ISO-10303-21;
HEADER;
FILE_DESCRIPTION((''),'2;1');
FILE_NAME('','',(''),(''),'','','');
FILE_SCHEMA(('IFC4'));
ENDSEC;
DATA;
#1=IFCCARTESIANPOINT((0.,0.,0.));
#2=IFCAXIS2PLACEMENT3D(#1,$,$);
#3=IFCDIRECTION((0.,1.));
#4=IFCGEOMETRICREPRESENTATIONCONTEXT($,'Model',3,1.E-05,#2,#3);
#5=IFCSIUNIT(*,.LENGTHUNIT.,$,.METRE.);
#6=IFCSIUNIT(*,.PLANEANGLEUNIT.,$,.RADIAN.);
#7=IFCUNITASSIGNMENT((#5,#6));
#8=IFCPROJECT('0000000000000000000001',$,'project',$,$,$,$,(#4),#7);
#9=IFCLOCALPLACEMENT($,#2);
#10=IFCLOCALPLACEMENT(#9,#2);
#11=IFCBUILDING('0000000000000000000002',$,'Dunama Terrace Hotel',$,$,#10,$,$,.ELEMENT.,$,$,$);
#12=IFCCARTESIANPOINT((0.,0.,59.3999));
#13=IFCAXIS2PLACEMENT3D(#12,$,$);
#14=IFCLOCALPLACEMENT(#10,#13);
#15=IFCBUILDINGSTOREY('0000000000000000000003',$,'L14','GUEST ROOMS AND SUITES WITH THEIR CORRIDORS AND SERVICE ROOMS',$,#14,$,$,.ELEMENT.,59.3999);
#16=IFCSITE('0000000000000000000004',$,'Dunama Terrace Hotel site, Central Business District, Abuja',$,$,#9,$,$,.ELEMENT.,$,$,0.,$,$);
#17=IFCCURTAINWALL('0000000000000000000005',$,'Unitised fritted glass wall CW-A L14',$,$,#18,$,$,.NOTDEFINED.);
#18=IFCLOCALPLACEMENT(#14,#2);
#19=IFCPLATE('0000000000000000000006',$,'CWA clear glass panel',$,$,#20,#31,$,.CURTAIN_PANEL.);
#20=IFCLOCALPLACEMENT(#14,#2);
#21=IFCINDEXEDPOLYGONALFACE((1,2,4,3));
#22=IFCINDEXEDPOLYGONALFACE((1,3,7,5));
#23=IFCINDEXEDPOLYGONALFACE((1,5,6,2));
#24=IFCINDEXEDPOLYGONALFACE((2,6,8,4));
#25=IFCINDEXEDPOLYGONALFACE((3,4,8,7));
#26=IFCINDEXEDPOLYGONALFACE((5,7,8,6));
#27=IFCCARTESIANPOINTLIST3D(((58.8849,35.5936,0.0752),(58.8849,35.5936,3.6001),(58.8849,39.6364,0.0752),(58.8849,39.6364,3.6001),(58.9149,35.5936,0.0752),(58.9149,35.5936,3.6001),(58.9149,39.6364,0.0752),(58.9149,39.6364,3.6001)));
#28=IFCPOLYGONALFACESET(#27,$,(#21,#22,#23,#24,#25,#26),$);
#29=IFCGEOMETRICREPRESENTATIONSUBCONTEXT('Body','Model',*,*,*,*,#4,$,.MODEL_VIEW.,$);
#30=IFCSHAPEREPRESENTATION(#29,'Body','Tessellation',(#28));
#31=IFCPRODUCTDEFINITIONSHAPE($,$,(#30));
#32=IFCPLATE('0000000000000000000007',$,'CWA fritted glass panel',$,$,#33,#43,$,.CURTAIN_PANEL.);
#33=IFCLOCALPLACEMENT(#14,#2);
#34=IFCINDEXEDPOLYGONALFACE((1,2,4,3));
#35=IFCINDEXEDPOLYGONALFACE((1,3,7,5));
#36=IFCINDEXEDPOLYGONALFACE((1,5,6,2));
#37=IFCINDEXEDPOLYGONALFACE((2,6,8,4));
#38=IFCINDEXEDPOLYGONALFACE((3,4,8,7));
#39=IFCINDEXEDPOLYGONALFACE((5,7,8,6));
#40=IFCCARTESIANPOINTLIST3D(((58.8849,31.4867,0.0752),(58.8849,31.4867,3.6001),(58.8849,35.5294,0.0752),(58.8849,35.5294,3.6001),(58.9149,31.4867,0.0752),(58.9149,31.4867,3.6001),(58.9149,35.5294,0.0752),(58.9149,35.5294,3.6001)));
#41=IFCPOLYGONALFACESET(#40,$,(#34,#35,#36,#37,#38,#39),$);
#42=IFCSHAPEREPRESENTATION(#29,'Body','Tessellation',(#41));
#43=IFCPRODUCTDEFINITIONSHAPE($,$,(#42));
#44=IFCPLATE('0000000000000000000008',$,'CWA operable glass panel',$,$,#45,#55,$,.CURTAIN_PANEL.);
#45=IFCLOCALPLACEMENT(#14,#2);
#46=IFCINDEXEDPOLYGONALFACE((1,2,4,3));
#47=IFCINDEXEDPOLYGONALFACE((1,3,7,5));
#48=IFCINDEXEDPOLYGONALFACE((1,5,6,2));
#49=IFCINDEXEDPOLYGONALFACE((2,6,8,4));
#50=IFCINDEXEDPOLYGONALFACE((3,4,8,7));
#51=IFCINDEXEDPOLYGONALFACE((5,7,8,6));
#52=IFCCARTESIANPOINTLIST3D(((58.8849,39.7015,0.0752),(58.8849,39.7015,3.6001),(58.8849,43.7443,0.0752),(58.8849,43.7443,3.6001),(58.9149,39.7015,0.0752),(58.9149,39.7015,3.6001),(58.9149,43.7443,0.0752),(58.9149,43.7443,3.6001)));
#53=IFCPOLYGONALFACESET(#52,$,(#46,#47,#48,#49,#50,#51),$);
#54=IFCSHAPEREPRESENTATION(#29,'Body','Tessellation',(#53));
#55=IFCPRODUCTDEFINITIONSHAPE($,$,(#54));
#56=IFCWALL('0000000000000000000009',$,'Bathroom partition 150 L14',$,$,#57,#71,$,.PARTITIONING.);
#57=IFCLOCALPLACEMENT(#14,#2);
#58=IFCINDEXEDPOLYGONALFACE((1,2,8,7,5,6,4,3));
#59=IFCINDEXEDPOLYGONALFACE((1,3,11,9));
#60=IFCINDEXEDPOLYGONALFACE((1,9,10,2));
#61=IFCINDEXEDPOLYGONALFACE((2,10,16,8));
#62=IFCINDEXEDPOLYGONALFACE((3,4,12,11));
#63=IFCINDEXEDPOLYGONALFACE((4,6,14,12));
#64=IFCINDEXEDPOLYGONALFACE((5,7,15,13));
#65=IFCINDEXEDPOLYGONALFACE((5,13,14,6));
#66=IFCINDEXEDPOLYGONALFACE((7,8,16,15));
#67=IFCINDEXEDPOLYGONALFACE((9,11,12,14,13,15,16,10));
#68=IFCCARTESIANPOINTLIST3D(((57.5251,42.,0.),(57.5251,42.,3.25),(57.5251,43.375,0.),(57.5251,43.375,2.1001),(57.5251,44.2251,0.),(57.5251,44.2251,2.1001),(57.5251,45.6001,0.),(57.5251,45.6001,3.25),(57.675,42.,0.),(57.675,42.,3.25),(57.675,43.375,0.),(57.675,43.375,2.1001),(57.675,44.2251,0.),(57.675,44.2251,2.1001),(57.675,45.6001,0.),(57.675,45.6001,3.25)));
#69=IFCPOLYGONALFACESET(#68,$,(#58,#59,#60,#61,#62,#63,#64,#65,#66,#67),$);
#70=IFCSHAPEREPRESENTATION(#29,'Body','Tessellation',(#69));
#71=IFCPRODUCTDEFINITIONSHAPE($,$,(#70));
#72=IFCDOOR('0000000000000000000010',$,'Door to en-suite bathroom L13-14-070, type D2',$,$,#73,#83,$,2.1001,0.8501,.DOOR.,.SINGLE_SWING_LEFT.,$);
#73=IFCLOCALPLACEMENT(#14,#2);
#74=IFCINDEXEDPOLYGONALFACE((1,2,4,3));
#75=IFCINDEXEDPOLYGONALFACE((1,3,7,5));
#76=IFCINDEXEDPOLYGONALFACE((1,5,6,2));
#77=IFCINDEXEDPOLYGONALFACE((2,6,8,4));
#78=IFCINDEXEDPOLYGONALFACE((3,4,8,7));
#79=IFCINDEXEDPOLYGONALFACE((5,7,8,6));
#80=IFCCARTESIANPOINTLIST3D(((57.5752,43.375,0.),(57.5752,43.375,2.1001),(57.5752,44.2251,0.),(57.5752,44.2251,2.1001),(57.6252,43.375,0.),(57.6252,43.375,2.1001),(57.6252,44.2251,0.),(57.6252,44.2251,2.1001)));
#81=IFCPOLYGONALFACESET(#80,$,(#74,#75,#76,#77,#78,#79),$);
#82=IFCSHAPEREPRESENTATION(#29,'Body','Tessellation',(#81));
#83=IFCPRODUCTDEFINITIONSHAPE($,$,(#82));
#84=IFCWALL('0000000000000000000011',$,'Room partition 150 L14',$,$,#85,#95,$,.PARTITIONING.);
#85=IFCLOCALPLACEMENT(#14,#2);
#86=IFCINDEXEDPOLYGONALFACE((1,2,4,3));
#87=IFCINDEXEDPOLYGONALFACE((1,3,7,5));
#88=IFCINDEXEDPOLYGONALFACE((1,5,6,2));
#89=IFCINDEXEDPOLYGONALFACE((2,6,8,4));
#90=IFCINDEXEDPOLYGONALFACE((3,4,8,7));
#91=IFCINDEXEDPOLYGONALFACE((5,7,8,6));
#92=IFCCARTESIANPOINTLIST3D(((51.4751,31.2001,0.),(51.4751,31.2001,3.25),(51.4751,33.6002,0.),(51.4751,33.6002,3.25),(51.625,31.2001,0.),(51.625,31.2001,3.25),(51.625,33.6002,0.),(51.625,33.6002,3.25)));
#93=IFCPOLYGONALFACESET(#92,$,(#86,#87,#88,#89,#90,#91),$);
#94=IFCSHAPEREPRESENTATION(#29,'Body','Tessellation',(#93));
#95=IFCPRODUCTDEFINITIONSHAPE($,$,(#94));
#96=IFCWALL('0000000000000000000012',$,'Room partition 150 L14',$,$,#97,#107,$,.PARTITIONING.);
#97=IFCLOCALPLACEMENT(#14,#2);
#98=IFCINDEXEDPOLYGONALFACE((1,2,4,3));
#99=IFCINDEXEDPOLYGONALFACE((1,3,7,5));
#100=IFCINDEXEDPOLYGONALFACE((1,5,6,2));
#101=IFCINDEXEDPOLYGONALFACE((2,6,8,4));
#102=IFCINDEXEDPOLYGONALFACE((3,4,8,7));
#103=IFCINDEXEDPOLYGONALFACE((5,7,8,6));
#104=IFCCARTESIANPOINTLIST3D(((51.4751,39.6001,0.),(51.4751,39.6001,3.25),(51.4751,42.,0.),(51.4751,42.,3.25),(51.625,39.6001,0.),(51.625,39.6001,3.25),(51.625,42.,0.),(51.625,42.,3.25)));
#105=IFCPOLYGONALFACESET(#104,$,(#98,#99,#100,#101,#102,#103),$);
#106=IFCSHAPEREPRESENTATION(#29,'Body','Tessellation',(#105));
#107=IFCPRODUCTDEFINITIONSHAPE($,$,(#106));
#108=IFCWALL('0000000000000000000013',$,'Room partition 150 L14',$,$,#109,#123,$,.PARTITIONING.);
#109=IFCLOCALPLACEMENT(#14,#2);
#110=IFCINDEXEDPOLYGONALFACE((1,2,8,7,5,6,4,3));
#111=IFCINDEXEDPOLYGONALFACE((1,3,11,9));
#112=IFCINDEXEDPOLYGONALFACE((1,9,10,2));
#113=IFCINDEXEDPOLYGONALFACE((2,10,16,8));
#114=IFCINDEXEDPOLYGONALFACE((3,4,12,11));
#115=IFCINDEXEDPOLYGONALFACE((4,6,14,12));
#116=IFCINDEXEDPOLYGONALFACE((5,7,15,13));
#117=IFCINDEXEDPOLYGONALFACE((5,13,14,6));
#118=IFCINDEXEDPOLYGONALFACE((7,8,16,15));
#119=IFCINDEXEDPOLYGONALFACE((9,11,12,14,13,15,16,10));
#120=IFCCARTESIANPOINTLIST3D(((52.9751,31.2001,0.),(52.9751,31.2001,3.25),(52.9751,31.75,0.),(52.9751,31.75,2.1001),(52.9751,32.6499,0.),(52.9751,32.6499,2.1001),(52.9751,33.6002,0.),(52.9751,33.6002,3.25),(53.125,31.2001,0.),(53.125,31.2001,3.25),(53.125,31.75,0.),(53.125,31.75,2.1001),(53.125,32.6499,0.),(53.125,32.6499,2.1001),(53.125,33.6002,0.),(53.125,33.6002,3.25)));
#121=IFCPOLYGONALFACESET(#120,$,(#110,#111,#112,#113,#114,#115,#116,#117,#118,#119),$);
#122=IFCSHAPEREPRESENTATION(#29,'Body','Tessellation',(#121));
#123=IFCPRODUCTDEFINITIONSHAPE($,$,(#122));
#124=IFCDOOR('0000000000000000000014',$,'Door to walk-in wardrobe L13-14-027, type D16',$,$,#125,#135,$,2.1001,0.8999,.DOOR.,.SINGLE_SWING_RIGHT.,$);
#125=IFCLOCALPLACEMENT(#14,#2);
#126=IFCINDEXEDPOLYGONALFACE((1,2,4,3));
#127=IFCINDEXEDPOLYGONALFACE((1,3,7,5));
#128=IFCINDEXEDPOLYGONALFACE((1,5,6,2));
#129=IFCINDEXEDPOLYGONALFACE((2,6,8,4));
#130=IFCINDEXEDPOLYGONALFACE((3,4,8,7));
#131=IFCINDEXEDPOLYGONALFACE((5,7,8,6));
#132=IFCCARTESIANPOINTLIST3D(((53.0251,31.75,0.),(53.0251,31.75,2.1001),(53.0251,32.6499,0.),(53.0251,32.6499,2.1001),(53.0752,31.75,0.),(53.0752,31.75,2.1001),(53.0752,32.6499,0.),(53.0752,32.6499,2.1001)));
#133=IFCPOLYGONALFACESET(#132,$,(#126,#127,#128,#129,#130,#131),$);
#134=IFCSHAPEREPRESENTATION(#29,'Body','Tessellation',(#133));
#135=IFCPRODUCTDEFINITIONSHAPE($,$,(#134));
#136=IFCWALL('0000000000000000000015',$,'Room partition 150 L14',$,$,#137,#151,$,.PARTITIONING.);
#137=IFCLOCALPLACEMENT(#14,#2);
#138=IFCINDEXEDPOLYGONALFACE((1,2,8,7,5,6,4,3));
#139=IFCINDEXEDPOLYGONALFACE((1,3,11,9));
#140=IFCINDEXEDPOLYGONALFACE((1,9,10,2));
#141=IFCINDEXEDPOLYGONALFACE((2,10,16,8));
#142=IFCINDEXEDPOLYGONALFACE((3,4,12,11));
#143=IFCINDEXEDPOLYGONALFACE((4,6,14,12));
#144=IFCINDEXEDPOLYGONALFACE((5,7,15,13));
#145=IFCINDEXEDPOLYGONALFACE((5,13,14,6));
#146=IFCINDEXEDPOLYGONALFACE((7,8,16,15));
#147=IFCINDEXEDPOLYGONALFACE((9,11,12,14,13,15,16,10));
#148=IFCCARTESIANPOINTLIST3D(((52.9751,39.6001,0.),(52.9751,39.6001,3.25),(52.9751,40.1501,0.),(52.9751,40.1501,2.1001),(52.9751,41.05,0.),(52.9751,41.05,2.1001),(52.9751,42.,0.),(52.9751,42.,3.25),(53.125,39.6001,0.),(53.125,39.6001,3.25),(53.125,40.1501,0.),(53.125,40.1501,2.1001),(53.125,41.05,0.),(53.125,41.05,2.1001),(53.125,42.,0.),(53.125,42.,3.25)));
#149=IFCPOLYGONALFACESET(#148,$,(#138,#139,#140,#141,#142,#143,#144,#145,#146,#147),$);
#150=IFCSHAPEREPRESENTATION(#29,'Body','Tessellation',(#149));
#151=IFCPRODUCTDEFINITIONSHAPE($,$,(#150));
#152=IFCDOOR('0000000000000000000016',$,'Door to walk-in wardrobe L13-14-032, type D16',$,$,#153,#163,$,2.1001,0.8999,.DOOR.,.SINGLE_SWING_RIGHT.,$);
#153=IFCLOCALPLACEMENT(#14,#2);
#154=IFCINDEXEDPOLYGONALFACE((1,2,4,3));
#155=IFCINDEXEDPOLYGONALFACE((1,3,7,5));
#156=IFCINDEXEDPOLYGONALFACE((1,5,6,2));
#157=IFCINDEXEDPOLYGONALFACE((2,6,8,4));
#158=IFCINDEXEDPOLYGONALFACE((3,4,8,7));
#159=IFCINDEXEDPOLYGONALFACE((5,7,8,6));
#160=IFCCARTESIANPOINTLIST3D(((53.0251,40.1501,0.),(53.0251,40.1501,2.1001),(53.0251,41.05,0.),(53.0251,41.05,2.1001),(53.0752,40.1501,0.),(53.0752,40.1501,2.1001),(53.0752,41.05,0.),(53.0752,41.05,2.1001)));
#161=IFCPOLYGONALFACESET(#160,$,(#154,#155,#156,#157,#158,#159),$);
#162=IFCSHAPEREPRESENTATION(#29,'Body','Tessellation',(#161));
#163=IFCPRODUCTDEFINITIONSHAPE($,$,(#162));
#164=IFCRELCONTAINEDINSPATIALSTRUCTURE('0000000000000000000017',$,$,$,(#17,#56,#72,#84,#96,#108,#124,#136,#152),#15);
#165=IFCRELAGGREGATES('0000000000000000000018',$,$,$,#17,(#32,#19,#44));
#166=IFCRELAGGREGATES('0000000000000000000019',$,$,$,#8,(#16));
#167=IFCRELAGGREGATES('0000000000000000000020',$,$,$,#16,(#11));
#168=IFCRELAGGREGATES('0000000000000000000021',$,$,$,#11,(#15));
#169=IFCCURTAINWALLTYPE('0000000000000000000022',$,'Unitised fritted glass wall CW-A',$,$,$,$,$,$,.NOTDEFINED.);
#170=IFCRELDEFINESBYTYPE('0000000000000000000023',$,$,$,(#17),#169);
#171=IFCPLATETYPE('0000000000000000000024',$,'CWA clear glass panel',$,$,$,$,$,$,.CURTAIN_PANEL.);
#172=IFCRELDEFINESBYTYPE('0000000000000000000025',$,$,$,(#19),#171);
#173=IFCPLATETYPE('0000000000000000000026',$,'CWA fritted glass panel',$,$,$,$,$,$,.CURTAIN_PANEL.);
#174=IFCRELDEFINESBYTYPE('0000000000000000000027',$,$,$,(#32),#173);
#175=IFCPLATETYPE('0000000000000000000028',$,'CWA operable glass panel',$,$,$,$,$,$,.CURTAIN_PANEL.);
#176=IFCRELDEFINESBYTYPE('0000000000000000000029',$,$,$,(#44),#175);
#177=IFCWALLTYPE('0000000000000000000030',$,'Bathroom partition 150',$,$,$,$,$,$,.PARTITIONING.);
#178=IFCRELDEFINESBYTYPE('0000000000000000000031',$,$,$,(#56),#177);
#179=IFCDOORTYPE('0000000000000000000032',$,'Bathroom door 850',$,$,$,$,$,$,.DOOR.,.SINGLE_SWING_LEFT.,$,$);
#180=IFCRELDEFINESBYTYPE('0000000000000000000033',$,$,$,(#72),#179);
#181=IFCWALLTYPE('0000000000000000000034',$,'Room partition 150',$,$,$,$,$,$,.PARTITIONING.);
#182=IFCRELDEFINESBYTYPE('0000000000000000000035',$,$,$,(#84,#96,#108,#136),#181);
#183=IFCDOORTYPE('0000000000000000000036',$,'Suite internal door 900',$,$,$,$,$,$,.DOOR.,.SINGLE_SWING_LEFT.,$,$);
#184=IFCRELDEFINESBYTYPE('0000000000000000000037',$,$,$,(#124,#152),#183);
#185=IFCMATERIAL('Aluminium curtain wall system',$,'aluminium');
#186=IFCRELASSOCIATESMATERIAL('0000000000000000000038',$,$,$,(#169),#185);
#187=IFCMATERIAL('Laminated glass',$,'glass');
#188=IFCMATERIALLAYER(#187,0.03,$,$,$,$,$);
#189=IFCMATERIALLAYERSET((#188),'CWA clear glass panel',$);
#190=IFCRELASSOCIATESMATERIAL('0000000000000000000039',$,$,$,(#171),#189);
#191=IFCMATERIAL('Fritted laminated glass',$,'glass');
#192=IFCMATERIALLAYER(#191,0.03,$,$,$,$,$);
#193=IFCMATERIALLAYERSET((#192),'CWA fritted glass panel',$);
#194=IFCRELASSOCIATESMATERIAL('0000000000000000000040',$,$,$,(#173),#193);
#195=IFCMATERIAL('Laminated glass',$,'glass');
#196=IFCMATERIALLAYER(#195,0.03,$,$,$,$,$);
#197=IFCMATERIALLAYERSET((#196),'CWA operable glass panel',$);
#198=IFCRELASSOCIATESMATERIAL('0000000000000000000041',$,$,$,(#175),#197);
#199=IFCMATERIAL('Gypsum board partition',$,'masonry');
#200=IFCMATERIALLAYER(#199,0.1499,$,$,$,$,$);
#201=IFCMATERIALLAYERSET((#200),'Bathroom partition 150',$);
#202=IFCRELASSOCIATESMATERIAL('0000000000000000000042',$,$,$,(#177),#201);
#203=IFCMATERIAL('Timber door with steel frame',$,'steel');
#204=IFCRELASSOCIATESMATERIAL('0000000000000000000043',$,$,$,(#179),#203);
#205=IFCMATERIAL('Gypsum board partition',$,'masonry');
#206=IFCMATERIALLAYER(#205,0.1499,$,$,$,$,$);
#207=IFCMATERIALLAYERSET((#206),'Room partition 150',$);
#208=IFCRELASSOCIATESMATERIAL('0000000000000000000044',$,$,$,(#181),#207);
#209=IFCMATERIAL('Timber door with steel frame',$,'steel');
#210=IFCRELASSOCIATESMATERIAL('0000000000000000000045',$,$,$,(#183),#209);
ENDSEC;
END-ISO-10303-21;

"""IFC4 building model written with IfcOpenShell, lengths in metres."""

from ifc_helpers import new_model, si_unit, direction, frame, frame_2d, origin, origin_2d, place, context, subcontext, project, spatial, rectangle, extrude, material, layer, layer_set, type_object, element, fill, aggregate, save


model = new_model("IFC4")

# Units and contexts
model_context = context("Model", 3, precision=1e-05, world=origin(), true_north=direction((0.0, 1.0)))
body_context = subcontext(model_context, "Body", "Model", "MODEL_VIEW")
ifc_project = project(units=[si_unit("LENGTHUNIT", "METRE"), si_unit("PLANEANGLEUNIT", "RADIAN")], contexts=[model_context])

# Site, building, storey
site_placement = place(None, origin())
site = spatial("IfcSite", under=ifc_project, at=site_placement, Name="Dunama Terrace Hotel site, Central Business District, Abuja", CompositionType="ELEMENT", RefElevation=0.0)
building_placement = place(site_placement, origin())
building = spatial("IfcBuilding", under=site, at=building_placement, Name="Dunama Terrace Hotel", CompositionType="ELEMENT")
storey_placement = place(building_placement, frame((0.0, 0.0, 59.3999)))
storey = spatial("IfcBuildingStorey", under=building, at=storey_placement, Name="L14", Description="GUEST ROOMS AND SUITES WITH THEIR CORRIDORS AND SERVICE ROOMS", CompositionType="ELEMENT", Elevation=59.3999)

# Curtain wall
ifc_material_1 = material(Name="Aluminium curtain wall system", Category="aluminium")
curtain_wall_type = type_object("IfcCurtainWallType", Name="Unitised fritted glass wall CW-A", PredefinedType="NOTDEFINED", material=ifc_material_1)
curtain_wall_placement = place(storey_placement, origin())
curtain_wall = element("IfcCurtainWall", 1, at=curtain_wall_placement, inside=storey, type_object=curtain_wall_type, Name="Unitised fritted glass wall CW-A L14", PredefinedType="NOTDEFINED")

# Plates
ifc_material_2 = material(Name="Laminated glass", Category="glass")
ifc_layer_1 = layer(ifc_material_2, 0.03)
ifc_layer_set_1 = layer_set([ifc_layer_1], Name="CWA clear glass panel")
plate_type_1 = type_object("IfcPlateType", Name="CWA clear glass panel", PredefinedType="CURTAIN_PANEL", material=ifc_layer_set_1)
plate_1_placement = place(storey_placement, frame((58.8999, 37.615, 0.0752), z_axis=(0.0, 0.0, 1.0), x_axis=(0.0, 1.0, 0.0)))
plate_1 = element("IfcPlate", 2, at=plate_1_placement, type_object=plate_type_1, Name="CWA clear glass panel", PredefinedType="CURTAIN_PANEL", context=body_context, shape_type="SweptSolid", body=[
    extrude(rectangle(XDim=4.0427, YDim=0.03, at=origin_2d()), origin(), (0.0, 0.0, 1.0), 3.5249),
])
ifc_material_3 = material(Name="Fritted laminated glass", Category="glass")
ifc_layer_2 = layer(ifc_material_3, 0.03)
ifc_layer_set_2 = layer_set([ifc_layer_2], Name="CWA fritted glass panel")
plate_type_2 = type_object("IfcPlateType", Name="CWA fritted glass panel", PredefinedType="CURTAIN_PANEL", material=ifc_layer_set_2)
plate_2_placement = place(storey_placement, frame((58.8999, 33.5081, 0.0752), z_axis=(0.0, 0.0, 1.0), x_axis=(0.0, 1.0, 0.0)))
plate_2 = element("IfcPlate", 3, at=plate_2_placement, type_object=plate_type_2, Name="CWA fritted glass panel", PredefinedType="CURTAIN_PANEL", context=body_context, shape_type="SweptSolid", body=[
    extrude(rectangle(XDim=4.0427, YDim=0.03, at=origin_2d()), origin(), (0.0, 0.0, 1.0), 3.5249),
])
ifc_material_4 = material(Name="Laminated glass", Category="glass")
ifc_layer_3 = layer(ifc_material_4, 0.03)
ifc_layer_set_3 = layer_set([ifc_layer_3], Name="CWA operable glass panel")
plate_type_3 = type_object("IfcPlateType", Name="CWA operable glass panel", PredefinedType="CURTAIN_PANEL", material=ifc_layer_set_3)
plate_3_placement = place(storey_placement, frame((58.8999, 41.7229, 0.0752), z_axis=(0.0, 0.0, 1.0), x_axis=(0.0, 1.0, 0.0)))
plate_3 = element("IfcPlate", 4, at=plate_3_placement, type_object=plate_type_3, Name="CWA operable glass panel", PredefinedType="CURTAIN_PANEL", context=body_context, shape_type="SweptSolid", body=[
    extrude(rectangle(XDim=4.0427, YDim=0.03, at=origin_2d()), origin(), (0.0, 0.0, 1.0), 3.5249),
])
aggregate(curtain_wall, [plate_2, plate_1, plate_3])

# Wall, opening, door
ifc_material_5 = material(Name="Gypsum board partition", Category="masonry")
ifc_layer_4 = layer(ifc_material_5, 0.1499)
ifc_layer_set_4 = layer_set([ifc_layer_4], Name="Bathroom partition 150")
wall_type_1 = type_object("IfcWallType", Name="Bathroom partition 150", PredefinedType="PARTITIONING", material=ifc_layer_set_4)
wall_1_placement = place(storey_placement, frame((57.6001, 42.0, 0.0), z_axis=(0.0, 0.0, 1.0), x_axis=(0.0, 1.0, 0.0)))
wall_1 = element("IfcWall", 5, at=wall_1_placement, inside=storey, type_object=wall_type_1, Name="Bathroom partition 150 L14", PredefinedType="PARTITIONING", context=body_context, shape_type="SweptSolid", body=[
    extrude(rectangle(XDim=3.6001, YDim=0.1499, at=frame_2d((1.8, 0.0))), origin(), (0.0, 0.0, 1.0), 3.25),
])
opening_1_placement = place(wall_1_placement, frame((1.375, 0.0, 0.0)))
opening_1 = element("IfcOpeningElement", 6, at=opening_1_placement, cuts=wall_1, PredefinedType="OPENING", context=body_context, shape_type="SweptSolid", body=[
    extrude(rectangle(XDim=0.8501, YDim=2.1001, at=frame_2d((0.425, 1.05))), frame((0.0, 0.085, 0.0), z_axis=(0.0, -1.0, 0.0), x_axis=(1.0, 0.0, 0.0)), (0.0, 0.0, 1.0), 0.1699),
])
ifc_material_6 = material(Name="Timber door with steel frame", Category="steel")
door_type_1 = type_object("IfcDoorType", Name="Bathroom door 850", OperationType="SINGLE_SWING_LEFT", PredefinedType="DOOR", material=ifc_material_6)
door_1_placement = place(opening_1_placement, origin())
door_1 = element("IfcDoor", 7, at=door_1_placement, inside=storey, type_object=door_type_1, Name="Door to en-suite bathroom L13-14-070, type D2", OperationType="SINGLE_SWING_LEFT", OverallHeight=2.1001, OverallWidth=0.8501, PredefinedType="DOOR", context=body_context, shape_type="SweptSolid", body=[
    extrude(rectangle(XDim=0.8501, YDim=2.1001, at=frame_2d((0.425, 1.05))), frame((0.0, 0.0249, 0.0), z_axis=(0.0, -1.0, 0.0), x_axis=(1.0, 0.0, 0.0)), (0.0, 0.0, 1.0), 0.05),
])
fill(opening_1, door_1)

# Walls
ifc_material_7 = material(Name="Gypsum board partition", Category="masonry")
ifc_layer_5 = layer(ifc_material_7, 0.1499)
ifc_layer_set_5 = layer_set([ifc_layer_5], Name="Room partition 150")
wall_type_2 = type_object("IfcWallType", Name="Room partition 150", PredefinedType="PARTITIONING", material=ifc_layer_set_5)
wall_2_placement = place(storey_placement, frame((51.55, 31.2, 0.0), z_axis=(0.0, 0.0, 1.0), x_axis=(0.0, 1.0, 0.0)))
element("IfcWall", 8, at=wall_2_placement, inside=storey, type_object=wall_type_2, Name="Room partition 150 L14", PredefinedType="PARTITIONING", context=body_context, shape_type="SweptSolid", body=[
    extrude(rectangle(XDim=2.4001, YDim=0.1499, at=frame_2d((1.2002, 0.0))), origin(), (0.0, 0.0, 1.0), 3.25),
])
wall_3_placement = place(storey_placement, frame((51.55, 39.6001, 0.0), z_axis=(0.0, 0.0, 1.0), x_axis=(0.0, 1.0, 0.0)))
element("IfcWall", 9, at=wall_3_placement, inside=storey, type_object=wall_type_2, Name="Room partition 150 L14", PredefinedType="PARTITIONING", context=body_context, shape_type="SweptSolid", body=[
    extrude(rectangle(XDim=2.3999, YDim=0.1499, at=frame_2d((1.2, 0.0))), origin(), (0.0, 0.0, 1.0), 3.25),
])

# Walls, openings, doors
wall_4_placement = place(storey_placement, frame((53.05, 31.2, 0.0), z_axis=(0.0, 0.0, 1.0), x_axis=(0.0, 1.0, 0.0)))
wall_4 = element("IfcWall", 10, at=wall_4_placement, inside=storey, type_object=wall_type_2, Name="Room partition 150 L14", PredefinedType="PARTITIONING", context=body_context, shape_type="SweptSolid", body=[
    extrude(rectangle(XDim=2.4001, YDim=0.1499, at=frame_2d((1.2002, 0.0))), origin(), (0.0, 0.0, 1.0), 3.25),
])
opening_2_placement = place(wall_4_placement, frame((0.55, 0.0, 0.0)))
opening_2 = element("IfcOpeningElement", 11, at=opening_2_placement, cuts=wall_4, PredefinedType="OPENING", context=body_context, shape_type="SweptSolid", body=[
    extrude(rectangle(XDim=0.8999, YDim=2.1001, at=frame_2d((0.45, 1.05))), frame((0.0, 0.085, 0.0), z_axis=(0.0, -1.0, 0.0), x_axis=(1.0, 0.0, 0.0)), (0.0, 0.0, 1.0), 0.1699),
])
ifc_material_8 = material(Name="Timber door with steel frame", Category="steel")
door_type_2 = type_object("IfcDoorType", Name="Suite internal door 900", OperationType="SINGLE_SWING_LEFT", PredefinedType="DOOR", material=ifc_material_8)
door_2_placement = place(opening_2_placement, origin())
door_2 = element("IfcDoor", 12, at=door_2_placement, inside=storey, type_object=door_type_2, Name="Door to walk-in wardrobe L13-14-027, type D16", OperationType="SINGLE_SWING_RIGHT", OverallHeight=2.1001, OverallWidth=0.8999, PredefinedType="DOOR", context=body_context, shape_type="SweptSolid", body=[
    extrude(rectangle(XDim=0.8999, YDim=2.1001, at=frame_2d((0.45, 1.05))), frame((0.0, 0.0249, 0.0), z_axis=(0.0, -1.0, 0.0), x_axis=(1.0, 0.0, 0.0)), (0.0, 0.0, 1.0), 0.05),
])
fill(opening_2, door_2)
wall_5_placement = place(storey_placement, frame((53.05, 39.6001, 0.0), z_axis=(0.0, 0.0, 1.0), x_axis=(0.0, 1.0, 0.0)))
wall_5 = element("IfcWall", 13, at=wall_5_placement, inside=storey, type_object=wall_type_2, Name="Room partition 150 L14", PredefinedType="PARTITIONING", context=body_context, shape_type="SweptSolid", body=[
    extrude(rectangle(XDim=2.3999, YDim=0.1499, at=frame_2d((1.2, 0.0))), origin(), (0.0, 0.0, 1.0), 3.25),
])
opening_3_placement = place(wall_5_placement, frame((0.55, 0.0, 0.0)))
opening_3 = element("IfcOpeningElement", 14, at=opening_3_placement, cuts=wall_5, PredefinedType="OPENING", context=body_context, shape_type="SweptSolid", body=[
    extrude(rectangle(XDim=0.8999, YDim=2.1001, at=frame_2d((0.45, 1.05))), frame((0.0, 0.085, 0.0), z_axis=(0.0, -1.0, 0.0), x_axis=(1.0, 0.0, 0.0)), (0.0, 0.0, 1.0), 0.1699),
])
door_3_placement = place(opening_3_placement, origin())
door_3 = element("IfcDoor", 15, at=door_3_placement, inside=storey, type_object=door_type_2, Name="Door to walk-in wardrobe L13-14-032, type D16", OperationType="SINGLE_SWING_RIGHT", OverallHeight=2.1001, OverallWidth=0.8999, PredefinedType="DOOR", context=body_context, shape_type="SweptSolid", body=[
    extrude(rectangle(XDim=0.8999, YDim=2.1001, at=frame_2d((0.45, 1.05))), frame((0.0, 0.0249, 0.0), z_axis=(0.0, -1.0, 0.0), x_axis=(1.0, 0.0, 0.0)), (0.0, 0.0, 1.0), 0.05),
])
fill(opening_3, door_3)

save(model, "model.ifc")
